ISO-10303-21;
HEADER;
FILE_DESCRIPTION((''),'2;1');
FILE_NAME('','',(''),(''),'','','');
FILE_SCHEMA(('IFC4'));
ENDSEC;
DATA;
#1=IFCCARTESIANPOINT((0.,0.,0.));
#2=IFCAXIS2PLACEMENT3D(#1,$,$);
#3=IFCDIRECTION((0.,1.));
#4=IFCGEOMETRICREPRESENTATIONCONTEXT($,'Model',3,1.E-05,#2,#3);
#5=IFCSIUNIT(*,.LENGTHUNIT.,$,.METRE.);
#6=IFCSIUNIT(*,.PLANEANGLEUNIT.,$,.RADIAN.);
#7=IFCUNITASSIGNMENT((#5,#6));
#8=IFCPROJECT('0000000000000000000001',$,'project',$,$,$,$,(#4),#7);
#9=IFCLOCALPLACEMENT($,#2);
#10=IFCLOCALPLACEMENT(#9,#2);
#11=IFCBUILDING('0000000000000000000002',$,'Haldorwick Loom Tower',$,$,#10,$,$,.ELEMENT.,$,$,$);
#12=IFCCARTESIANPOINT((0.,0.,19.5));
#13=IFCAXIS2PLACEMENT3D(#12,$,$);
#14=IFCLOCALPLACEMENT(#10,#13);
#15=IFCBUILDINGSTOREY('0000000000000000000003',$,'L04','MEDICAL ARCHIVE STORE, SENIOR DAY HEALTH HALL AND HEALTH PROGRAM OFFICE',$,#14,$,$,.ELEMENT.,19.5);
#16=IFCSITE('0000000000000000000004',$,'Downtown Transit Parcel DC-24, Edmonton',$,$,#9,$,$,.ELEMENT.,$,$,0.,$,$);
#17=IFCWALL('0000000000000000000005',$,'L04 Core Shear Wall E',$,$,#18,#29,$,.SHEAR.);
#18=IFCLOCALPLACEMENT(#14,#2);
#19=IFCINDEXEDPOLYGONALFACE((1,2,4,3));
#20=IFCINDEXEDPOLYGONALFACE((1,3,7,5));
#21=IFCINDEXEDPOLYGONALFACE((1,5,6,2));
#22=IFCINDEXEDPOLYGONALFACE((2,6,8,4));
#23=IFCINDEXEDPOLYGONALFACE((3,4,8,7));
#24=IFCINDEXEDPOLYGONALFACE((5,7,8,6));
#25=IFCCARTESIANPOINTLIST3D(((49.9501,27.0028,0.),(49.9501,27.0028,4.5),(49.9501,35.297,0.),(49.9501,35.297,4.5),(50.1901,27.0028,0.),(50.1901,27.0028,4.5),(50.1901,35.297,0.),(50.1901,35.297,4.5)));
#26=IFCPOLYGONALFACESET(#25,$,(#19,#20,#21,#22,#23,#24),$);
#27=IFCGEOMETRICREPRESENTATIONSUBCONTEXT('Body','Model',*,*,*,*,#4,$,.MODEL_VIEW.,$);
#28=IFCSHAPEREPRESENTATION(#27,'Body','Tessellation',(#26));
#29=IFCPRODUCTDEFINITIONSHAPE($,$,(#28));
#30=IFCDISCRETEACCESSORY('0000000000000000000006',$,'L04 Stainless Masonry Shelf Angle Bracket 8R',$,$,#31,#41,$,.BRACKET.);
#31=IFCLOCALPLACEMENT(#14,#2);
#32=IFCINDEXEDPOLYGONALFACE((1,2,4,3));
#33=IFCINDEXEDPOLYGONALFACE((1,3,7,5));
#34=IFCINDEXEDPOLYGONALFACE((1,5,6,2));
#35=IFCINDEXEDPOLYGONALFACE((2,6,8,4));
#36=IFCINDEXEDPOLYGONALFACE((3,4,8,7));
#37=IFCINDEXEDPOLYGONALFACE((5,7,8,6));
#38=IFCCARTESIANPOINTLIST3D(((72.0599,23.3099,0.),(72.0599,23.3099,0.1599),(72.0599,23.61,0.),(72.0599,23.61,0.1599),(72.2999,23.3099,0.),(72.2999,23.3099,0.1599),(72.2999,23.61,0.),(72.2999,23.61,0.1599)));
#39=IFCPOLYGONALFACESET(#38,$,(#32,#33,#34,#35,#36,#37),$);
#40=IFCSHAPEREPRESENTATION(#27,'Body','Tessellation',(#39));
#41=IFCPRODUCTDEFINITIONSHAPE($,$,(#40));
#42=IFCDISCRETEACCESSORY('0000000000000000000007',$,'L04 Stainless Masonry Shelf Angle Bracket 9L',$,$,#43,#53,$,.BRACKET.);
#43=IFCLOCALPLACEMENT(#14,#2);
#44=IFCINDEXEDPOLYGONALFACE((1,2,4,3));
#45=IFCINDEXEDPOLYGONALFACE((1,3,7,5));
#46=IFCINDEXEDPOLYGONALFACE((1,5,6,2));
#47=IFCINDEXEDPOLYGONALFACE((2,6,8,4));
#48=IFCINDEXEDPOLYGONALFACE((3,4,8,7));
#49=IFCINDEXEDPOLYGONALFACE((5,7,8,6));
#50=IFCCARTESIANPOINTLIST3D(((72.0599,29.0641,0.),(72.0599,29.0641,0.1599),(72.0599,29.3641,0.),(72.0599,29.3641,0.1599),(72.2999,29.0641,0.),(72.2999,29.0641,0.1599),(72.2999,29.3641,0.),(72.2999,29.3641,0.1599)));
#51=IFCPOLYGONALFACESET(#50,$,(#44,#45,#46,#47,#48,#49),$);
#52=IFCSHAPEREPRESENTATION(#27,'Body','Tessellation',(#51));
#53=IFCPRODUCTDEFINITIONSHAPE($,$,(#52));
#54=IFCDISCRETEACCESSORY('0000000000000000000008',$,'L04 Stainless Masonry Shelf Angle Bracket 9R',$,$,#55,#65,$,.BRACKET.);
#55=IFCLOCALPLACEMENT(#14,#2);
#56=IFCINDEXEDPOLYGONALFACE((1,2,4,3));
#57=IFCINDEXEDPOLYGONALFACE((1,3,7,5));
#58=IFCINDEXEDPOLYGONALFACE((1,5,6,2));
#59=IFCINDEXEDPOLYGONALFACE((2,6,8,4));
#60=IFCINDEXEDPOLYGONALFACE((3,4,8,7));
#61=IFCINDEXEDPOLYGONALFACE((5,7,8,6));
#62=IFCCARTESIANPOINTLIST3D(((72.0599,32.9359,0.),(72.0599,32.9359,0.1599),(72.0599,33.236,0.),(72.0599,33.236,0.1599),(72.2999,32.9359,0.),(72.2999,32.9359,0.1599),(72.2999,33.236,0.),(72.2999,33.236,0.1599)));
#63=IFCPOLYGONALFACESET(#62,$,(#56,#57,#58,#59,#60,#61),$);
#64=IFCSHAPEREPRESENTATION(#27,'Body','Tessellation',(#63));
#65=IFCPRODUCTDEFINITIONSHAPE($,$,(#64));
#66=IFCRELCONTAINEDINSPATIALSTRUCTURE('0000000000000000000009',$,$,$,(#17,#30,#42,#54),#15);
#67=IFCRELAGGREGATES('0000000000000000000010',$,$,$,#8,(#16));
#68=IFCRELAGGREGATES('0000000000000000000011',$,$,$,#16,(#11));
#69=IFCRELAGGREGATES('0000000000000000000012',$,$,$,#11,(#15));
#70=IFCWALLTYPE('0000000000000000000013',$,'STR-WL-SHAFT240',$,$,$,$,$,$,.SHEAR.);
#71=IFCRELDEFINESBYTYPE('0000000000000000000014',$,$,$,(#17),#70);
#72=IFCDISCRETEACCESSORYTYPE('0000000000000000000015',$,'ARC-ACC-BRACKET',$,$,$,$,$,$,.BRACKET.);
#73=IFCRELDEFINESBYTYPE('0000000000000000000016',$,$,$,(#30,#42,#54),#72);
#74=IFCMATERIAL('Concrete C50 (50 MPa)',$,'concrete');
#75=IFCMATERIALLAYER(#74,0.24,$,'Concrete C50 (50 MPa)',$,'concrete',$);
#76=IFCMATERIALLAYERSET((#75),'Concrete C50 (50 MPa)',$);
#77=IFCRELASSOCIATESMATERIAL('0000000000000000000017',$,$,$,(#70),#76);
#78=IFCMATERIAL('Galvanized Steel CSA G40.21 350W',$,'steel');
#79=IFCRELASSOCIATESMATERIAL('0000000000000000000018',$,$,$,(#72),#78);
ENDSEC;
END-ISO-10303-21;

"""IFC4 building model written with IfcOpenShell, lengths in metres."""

from ifc_helpers import new_model, si_unit, direction, frame, frame_2d, origin, origin_2d, place, context, subcontext, project, spatial, rectangle, extrude, material, layer, layer_set, type_object, element, save


model = new_model("IFC4")

# Units and contexts
model_context = context("Model", 3, precision=1e-05, world=origin(), true_north=direction((0.0, 1.0)))
body_context = subcontext(model_context, "Body", "Model", "MODEL_VIEW")
ifc_project = project(units=[si_unit("LENGTHUNIT", "METRE"), si_unit("PLANEANGLEUNIT", "RADIAN")], contexts=[model_context])

# Site, building, storey
site_placement = place(None, origin())
site = spatial("IfcSite", under=ifc_project, at=site_placement, Name="Downtown Transit Parcel DC-24, Edmonton", CompositionType="ELEMENT", RefElevation=0.0)
building_placement = place(site_placement, origin())
building = spatial("IfcBuilding", under=site, at=building_placement, Name="Haldorwick Loom Tower", CompositionType="ELEMENT")
storey_placement = place(building_placement, frame((0.0, 0.0, 19.5)))
storey = spatial("IfcBuildingStorey", under=building, at=storey_placement, Name="L04", Description="MEDICAL ARCHIVE STORE, SENIOR DAY HEALTH HALL AND HEALTH PROGRAM OFFICE", CompositionType="ELEMENT", Elevation=19.5)

# Wall
ifc_material_1 = material(Name="Concrete C50 (50 MPa)", Category="concrete")
ifc_layer_1 = layer(ifc_material_1, 0.24, Name="Concrete C50 (50 MPa)", Category="concrete")
ifc_layer_set_1 = layer_set([ifc_layer_1], Name="Concrete C50 (50 MPa)")
wall_type_1 = type_object("IfcWallType", Name="STR-WL-SHAFT240", PredefinedType="SHEAR", material=ifc_layer_set_1)
wall_1_placement = place(storey_placement, frame((50.0701, 27.0029, 0.0), z_axis=(0.0, 0.0, 1.0), x_axis=(0.0, 1.0, 0.0)))
element("IfcWall", 1, at=wall_1_placement, inside=storey, type_object=wall_type_1, Name="L04 Core Shear Wall E", PredefinedType="SHEAR", context=body_context, shape_type="SweptSolid", body=[
    extrude(rectangle(XDim=8.2942, YDim=0.24, at=frame_2d((4.147, 0.0))), origin(), (0.0, 0.0, 1.0), 4.5),
])

# Discrete accessories
ifc_material_2 = material(Name="Galvanized Steel CSA G40.21 350W", Category="steel")
discrete_accessory_type = type_object("IfcDiscreteAccessoryType", Name="ARC-ACC-BRACKET", PredefinedType="BRACKET", material=ifc_material_2)
for number, where, z_axis, x_axis, name in (
    (2, (72.1799, 23.46, 0.0), (0.0, 0.0, 1.0), (0.0, 1.0, 0.0), "L04 Stainless Masonry Shelf Angle Bracket 8R"),
    (3, (72.1799, 29.2141, 0.0), (0.0, 0.0, 1.0), (0.0, 1.0, 0.0), "L04 Stainless Masonry Shelf Angle Bracket 9L"),
    (4, (72.1799, 33.0859, 0.0), (0.0, 0.0, 1.0), (0.0, 1.0, 0.0), "L04 Stainless Masonry Shelf Angle Bracket 9R"),
):
    element("IfcDiscreteAccessory", number, at=place(storey_placement, frame(where, z_axis=z_axis, x_axis=x_axis)), inside=storey, type_object=discrete_accessory_type, Name=name, PredefinedType="BRACKET", context=body_context, shape_type="SweptSolid", body=[
        extrude(rectangle(XDim=0.3, YDim=0.24, at=origin_2d()), origin(), (0.0, 0.0, 1.0), 0.1599),
    ])

save(model, "model.ifc")
